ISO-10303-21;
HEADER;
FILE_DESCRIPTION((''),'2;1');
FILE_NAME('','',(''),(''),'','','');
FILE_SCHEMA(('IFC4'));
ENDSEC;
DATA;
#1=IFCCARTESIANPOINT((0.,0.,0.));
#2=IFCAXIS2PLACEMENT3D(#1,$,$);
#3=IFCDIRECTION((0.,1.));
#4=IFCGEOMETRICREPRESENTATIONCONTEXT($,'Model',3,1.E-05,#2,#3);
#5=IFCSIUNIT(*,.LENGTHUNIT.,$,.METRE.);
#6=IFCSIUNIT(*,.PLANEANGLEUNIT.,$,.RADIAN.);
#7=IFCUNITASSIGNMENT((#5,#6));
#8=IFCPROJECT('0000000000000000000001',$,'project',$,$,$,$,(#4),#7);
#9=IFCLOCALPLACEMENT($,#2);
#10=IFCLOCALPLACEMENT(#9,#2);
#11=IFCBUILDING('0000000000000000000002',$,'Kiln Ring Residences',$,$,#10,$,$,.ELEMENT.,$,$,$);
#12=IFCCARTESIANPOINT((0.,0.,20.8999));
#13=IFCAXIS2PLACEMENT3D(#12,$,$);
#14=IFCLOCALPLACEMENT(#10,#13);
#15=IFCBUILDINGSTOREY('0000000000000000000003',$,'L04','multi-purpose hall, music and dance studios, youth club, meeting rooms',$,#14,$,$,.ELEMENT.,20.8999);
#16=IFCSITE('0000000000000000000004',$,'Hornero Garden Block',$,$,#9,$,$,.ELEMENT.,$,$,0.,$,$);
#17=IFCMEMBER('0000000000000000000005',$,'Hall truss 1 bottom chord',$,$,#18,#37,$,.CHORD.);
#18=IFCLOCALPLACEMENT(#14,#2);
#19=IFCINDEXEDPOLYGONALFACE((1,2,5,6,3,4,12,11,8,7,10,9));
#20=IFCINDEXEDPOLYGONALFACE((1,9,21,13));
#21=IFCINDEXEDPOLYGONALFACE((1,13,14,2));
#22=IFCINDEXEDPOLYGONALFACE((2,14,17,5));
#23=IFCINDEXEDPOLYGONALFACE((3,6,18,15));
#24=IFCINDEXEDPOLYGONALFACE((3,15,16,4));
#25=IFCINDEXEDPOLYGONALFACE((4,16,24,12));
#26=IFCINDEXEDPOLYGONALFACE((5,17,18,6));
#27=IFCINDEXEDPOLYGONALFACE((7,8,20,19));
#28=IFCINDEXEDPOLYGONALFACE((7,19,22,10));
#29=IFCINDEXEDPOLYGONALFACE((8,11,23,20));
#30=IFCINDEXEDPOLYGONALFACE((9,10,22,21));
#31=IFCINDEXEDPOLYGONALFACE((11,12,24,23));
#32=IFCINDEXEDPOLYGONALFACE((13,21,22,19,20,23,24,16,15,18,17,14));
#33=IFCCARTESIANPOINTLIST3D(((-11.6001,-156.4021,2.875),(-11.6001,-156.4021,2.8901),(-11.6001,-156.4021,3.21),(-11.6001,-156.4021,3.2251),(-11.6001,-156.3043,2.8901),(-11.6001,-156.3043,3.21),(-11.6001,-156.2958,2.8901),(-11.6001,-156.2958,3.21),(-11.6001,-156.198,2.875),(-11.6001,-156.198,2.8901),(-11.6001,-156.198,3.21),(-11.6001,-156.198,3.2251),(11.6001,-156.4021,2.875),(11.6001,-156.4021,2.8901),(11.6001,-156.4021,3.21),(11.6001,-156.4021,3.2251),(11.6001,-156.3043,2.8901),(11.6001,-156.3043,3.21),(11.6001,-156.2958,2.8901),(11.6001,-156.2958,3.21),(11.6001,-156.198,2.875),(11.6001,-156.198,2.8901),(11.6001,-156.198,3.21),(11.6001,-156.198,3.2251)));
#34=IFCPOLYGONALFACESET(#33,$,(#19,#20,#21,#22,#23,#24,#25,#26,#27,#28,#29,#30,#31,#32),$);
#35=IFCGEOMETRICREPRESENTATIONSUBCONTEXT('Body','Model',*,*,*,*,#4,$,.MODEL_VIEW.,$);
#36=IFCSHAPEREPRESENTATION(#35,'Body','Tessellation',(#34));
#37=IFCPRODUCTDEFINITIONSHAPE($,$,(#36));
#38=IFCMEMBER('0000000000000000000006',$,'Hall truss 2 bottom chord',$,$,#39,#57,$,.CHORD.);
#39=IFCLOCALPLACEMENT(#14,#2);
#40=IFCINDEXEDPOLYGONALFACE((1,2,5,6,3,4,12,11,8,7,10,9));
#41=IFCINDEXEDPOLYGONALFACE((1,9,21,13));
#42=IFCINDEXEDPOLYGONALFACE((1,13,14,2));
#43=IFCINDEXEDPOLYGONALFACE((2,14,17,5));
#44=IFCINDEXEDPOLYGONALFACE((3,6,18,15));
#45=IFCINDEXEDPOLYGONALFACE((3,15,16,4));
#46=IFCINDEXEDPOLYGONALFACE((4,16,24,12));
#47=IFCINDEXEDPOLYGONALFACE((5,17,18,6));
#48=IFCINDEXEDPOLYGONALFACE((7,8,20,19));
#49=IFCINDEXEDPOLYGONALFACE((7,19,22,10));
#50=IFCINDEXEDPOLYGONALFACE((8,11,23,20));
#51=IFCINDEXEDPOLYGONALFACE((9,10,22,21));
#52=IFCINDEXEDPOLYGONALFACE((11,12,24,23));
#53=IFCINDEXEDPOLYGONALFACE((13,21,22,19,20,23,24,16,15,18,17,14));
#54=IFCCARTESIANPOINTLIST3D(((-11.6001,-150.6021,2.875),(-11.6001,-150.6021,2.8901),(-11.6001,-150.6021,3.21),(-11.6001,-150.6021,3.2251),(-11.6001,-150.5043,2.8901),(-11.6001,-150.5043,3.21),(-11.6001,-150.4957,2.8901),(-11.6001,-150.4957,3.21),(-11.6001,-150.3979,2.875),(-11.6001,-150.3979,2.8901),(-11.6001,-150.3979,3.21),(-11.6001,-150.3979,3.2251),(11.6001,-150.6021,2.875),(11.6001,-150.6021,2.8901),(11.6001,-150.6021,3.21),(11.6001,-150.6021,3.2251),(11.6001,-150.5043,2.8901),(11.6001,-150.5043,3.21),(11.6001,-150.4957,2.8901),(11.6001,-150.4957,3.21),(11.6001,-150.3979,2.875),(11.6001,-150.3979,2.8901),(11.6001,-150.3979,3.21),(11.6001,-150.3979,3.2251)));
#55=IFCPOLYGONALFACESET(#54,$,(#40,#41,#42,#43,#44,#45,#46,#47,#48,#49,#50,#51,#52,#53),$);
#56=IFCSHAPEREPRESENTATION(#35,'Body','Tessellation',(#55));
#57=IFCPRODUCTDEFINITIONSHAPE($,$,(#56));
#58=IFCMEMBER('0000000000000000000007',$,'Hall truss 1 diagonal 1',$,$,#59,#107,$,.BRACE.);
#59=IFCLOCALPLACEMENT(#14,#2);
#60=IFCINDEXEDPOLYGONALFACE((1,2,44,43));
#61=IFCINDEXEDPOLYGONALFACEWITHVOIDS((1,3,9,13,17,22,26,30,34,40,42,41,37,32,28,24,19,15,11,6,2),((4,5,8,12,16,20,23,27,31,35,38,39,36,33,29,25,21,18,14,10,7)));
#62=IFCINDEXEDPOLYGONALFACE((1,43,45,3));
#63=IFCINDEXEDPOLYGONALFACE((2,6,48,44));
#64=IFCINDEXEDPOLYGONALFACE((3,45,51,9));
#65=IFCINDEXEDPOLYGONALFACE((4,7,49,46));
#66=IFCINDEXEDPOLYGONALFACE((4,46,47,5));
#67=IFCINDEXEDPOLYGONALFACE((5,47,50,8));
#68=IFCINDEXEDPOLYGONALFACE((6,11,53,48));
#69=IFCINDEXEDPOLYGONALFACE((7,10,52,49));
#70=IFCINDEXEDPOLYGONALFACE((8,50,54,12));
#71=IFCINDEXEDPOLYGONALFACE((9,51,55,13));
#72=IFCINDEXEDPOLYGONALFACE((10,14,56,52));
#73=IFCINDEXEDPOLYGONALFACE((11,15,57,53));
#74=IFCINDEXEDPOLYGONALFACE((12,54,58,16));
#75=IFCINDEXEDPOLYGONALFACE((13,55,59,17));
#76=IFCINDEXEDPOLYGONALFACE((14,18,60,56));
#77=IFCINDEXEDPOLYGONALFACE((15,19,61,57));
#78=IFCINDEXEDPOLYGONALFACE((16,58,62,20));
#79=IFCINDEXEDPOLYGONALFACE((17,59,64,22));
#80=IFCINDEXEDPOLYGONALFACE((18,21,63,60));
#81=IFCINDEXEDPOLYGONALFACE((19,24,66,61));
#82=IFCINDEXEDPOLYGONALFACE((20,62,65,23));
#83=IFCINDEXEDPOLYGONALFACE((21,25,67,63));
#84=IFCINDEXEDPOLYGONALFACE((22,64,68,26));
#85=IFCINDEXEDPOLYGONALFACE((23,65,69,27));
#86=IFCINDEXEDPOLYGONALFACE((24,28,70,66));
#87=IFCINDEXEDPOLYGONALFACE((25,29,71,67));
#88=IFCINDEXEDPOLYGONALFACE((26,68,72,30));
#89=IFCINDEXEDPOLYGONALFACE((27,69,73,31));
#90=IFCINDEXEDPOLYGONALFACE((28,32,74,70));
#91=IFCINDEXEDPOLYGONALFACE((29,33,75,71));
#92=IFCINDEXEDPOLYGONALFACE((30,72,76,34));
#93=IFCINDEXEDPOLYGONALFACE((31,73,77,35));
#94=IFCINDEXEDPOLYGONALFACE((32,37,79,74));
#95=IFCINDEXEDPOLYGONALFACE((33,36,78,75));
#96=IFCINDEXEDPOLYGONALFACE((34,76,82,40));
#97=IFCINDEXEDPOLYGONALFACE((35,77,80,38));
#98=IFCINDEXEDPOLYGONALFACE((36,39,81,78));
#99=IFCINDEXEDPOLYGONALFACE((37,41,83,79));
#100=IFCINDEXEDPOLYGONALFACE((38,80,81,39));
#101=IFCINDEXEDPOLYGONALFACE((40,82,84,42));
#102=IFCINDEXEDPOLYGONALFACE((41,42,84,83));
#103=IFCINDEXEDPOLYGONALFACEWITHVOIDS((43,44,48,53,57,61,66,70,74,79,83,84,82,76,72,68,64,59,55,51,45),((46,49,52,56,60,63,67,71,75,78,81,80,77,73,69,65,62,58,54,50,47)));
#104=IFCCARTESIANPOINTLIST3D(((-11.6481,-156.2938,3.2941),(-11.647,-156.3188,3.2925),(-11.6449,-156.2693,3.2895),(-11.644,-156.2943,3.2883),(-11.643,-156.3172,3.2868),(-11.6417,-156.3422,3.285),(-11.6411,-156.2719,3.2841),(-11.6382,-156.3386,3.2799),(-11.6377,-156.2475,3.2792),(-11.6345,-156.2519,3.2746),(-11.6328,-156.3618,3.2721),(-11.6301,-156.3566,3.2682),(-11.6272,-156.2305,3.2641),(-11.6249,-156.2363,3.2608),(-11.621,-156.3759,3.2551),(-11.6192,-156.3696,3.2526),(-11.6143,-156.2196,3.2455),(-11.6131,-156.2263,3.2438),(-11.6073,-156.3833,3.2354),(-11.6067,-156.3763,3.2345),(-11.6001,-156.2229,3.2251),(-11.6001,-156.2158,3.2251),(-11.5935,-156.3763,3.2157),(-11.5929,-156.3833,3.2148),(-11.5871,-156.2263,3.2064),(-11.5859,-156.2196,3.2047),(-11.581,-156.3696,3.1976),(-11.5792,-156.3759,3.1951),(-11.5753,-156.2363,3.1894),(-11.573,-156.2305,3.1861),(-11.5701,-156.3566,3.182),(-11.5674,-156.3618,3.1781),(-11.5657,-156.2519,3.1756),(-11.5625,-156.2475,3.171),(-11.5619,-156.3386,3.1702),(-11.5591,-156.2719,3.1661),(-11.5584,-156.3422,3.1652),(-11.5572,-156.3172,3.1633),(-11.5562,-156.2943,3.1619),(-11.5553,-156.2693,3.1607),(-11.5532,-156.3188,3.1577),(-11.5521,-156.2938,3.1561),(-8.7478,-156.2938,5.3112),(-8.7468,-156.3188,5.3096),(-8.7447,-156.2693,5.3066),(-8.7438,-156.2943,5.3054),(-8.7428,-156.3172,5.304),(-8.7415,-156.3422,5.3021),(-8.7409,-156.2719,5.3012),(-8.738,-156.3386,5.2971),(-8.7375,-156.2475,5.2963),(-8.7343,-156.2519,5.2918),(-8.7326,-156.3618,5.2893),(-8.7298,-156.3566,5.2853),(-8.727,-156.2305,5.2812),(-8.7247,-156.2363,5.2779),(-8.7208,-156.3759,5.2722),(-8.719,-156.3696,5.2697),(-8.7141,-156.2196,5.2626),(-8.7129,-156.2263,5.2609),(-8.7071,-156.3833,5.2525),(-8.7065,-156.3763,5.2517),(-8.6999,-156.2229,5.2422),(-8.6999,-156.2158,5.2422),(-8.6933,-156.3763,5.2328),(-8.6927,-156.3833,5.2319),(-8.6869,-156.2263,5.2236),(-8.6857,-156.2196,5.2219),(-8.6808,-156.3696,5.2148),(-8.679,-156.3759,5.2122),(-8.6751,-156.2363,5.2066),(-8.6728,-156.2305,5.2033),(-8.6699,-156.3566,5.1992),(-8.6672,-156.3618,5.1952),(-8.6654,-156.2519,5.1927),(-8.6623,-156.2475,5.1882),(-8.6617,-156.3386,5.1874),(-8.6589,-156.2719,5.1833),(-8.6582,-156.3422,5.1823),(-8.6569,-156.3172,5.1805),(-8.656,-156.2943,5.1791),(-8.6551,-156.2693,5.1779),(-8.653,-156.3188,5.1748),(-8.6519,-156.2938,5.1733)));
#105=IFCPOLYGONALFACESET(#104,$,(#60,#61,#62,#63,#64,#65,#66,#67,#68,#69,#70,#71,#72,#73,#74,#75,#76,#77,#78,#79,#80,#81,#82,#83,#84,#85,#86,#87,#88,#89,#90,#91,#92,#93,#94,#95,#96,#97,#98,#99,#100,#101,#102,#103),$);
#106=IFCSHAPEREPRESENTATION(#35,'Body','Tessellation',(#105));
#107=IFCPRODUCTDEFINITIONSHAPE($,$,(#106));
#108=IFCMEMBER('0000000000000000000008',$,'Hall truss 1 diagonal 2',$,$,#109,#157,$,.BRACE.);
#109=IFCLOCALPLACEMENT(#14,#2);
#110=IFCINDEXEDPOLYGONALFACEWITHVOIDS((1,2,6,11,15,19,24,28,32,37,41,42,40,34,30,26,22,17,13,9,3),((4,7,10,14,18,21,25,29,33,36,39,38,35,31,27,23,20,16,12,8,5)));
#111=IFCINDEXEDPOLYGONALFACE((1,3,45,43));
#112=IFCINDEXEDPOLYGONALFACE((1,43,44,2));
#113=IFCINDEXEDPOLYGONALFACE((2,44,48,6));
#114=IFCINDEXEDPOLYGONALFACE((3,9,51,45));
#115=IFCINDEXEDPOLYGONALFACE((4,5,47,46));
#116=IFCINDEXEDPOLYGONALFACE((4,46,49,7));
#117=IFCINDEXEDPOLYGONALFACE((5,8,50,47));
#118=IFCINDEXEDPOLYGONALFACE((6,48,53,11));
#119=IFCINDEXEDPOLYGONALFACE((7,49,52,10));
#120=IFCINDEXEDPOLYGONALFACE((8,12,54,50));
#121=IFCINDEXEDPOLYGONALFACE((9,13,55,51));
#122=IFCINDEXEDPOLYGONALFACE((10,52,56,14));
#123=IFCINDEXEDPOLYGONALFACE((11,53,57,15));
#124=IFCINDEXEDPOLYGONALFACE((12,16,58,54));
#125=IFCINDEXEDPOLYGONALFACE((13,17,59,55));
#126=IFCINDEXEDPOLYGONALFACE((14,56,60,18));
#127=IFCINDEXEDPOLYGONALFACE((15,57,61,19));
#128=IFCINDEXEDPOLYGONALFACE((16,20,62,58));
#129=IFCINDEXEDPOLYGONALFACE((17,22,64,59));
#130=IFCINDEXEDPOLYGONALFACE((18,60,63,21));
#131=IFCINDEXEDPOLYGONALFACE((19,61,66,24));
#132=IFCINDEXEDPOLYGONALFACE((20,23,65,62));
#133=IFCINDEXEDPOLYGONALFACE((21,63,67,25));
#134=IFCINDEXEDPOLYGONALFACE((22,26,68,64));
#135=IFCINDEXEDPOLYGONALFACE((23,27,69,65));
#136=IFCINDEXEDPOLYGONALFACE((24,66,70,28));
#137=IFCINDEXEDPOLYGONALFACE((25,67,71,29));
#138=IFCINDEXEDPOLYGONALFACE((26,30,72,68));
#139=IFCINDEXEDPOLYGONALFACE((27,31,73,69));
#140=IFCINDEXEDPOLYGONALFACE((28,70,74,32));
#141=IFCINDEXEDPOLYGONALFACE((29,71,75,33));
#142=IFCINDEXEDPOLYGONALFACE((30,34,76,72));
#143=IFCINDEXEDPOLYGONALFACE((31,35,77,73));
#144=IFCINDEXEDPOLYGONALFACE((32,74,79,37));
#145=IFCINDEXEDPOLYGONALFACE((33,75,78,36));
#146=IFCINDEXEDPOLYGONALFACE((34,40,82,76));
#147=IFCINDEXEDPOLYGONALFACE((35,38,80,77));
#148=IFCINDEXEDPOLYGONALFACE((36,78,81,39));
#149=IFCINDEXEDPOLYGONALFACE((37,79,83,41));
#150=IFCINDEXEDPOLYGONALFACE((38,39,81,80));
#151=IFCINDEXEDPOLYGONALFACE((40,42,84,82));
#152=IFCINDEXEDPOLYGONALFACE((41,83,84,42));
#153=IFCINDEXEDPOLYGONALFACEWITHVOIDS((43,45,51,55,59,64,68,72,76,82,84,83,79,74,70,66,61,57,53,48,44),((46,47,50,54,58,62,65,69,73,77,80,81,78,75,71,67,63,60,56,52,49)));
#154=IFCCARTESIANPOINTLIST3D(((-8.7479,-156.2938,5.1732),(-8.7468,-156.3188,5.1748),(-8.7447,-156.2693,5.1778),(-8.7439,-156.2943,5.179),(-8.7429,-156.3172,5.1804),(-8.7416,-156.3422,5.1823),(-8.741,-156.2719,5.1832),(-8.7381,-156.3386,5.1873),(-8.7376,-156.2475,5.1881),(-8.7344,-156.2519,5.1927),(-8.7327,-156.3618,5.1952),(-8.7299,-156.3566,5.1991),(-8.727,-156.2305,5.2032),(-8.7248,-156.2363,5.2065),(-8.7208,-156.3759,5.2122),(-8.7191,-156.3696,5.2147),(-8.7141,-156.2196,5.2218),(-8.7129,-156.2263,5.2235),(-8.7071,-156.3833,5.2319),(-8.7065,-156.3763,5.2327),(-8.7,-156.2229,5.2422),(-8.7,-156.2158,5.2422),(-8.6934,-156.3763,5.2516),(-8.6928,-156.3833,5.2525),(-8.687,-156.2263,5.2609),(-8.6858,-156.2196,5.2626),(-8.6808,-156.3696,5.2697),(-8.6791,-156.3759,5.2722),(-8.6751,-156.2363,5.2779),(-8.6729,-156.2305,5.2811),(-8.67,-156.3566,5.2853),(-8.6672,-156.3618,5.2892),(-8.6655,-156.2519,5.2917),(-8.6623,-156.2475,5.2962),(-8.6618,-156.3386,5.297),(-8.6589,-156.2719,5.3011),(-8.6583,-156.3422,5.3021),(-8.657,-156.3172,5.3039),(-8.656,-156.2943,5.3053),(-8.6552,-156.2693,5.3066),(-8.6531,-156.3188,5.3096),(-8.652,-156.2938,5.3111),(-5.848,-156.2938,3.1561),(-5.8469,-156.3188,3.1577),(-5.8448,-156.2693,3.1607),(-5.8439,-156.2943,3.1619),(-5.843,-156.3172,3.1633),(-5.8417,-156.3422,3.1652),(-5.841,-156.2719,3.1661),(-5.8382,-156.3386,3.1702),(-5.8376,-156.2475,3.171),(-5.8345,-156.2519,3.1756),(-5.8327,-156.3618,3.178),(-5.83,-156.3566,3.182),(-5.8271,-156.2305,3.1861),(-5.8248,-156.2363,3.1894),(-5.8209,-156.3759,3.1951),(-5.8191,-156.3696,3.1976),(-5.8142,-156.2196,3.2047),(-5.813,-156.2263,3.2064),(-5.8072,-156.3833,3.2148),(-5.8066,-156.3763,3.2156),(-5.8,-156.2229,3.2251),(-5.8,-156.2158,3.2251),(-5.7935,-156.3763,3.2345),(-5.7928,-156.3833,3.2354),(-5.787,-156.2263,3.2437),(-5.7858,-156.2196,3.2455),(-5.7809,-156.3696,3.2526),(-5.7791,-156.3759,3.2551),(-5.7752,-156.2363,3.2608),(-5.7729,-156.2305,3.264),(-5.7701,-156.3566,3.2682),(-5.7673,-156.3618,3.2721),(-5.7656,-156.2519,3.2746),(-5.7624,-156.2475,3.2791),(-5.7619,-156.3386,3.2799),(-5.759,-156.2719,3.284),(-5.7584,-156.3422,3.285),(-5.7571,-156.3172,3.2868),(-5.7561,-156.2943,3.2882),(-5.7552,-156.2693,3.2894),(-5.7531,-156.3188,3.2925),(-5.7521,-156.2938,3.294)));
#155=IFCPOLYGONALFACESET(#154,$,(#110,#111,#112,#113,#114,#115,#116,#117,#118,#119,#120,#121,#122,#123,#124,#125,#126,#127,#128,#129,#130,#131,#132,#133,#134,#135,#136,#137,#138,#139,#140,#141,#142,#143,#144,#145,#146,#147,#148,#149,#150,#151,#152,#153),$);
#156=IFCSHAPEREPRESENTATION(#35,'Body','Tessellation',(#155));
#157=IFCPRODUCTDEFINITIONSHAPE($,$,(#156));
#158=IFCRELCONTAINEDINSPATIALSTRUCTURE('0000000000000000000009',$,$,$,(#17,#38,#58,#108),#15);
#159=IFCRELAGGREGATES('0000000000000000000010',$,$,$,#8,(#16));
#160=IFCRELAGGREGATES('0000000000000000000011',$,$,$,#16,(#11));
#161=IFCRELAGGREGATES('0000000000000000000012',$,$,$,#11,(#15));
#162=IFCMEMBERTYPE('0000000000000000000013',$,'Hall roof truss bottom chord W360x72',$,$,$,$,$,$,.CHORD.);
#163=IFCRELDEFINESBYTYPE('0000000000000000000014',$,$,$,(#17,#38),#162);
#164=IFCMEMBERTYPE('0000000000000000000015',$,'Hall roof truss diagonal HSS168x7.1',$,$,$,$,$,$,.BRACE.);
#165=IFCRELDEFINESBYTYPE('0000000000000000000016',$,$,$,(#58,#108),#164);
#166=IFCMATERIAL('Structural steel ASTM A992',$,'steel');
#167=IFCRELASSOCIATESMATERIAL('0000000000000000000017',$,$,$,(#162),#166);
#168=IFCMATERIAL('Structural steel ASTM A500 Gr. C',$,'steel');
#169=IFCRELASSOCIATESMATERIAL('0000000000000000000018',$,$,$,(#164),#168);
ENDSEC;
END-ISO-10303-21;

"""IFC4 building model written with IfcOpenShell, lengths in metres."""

from ifc_helpers import new_model, si_unit, direction, frame, origin, origin_2d, place, context, subcontext, project, spatial, hollow_circle, i_section, extrude, material, material_profile, profile_set, type_object, element, save


model = new_model("IFC4")

# Units and contexts
model_context = context("Model", 3, precision=1e-05, world=origin(), true_north=direction((0.0, 1.0)))
body_context = subcontext(model_context, "Body", "Model", "MODEL_VIEW")
ifc_project = project(units=[si_unit("LENGTHUNIT", "METRE"), si_unit("PLANEANGLEUNIT", "RADIAN")], contexts=[model_context])

# Site, building, storey
site_placement = place(None, origin())
site = spatial("IfcSite", under=ifc_project, at=site_placement, Name="Hornero Garden Block", CompositionType="ELEMENT", RefElevation=0.0)
building_placement = place(site_placement, origin())
building = spatial("IfcBuilding", under=site, at=building_placement, Name="Kiln Ring Residences", CompositionType="ELEMENT")
storey_placement = place(building_placement, frame((0.0, 0.0, 20.8999)))
storey = spatial("IfcBuildingStorey", under=building, at=storey_placement, Name="L04", Description="multi-purpose hall, music and dance studios, youth club, meeting rooms", CompositionType="ELEMENT", Elevation=20.8999)

# Members
ifc_material_1 = material(Name="Structural steel ASTM A992", Category="steel")
ifc_material_profile_1 = material_profile(ifc_material_1, i_section(OverallWidth=0.2041, OverallDepth=0.3501, WebThickness=0.0085, FlangeThickness=0.0151, at=origin_2d()), Name="W360x72")
ifc_profile_set_1 = profile_set([ifc_material_profile_1], Name="Structural steel ASTM A992")
member_type_1 = type_object("IfcMemberType", Name="Hall roof truss bottom chord W360x72", PredefinedType="CHORD", material=ifc_profile_set_1)
for number, where, z_axis, x_axis, name in (
    (1, (-11.6001, -156.3, 3.05), (1.0, 0.0, 0.0), (0.0, 1.0, 0.0), "Hall truss 1 bottom chord"),
    (2, (-11.6001, -150.5, 3.05), (1.0, 0.0, 0.0), (0.0, 1.0, 0.0), "Hall truss 2 bottom chord"),
):
    element("IfcMember", number, at=place(storey_placement, frame(where, z_axis=z_axis, x_axis=x_axis)), inside=storey, type_object=member_type_1, Name=name, PredefinedType="CHORD", context=body_context, shape_type="SweptSolid", body=[
        extrude(i_section(OverallWidth=0.2041, OverallDepth=0.3501, WebThickness=0.0085, FlangeThickness=0.0151, at=origin_2d()), origin(), (0.0, 0.0, 1.0), 23.2002),
    ])
ifc_material_2 = material(Name="Structural steel ASTM A500 Gr. C", Category="steel")
ifc_material_profile_2 = material_profile(ifc_material_2, hollow_circle(Radius=0.0842, WallThickness=0.0071, at=origin_2d()), Name="HSS168x7.1")
ifc_profile_set_2 = profile_set([ifc_material_profile_2], Name="Structural steel ASTM A500 Gr. C")
member_type_2 = type_object("IfcMemberType", Name="Hall roof truss diagonal HSS168x7.1", PredefinedType="BRACE", material=ifc_profile_set_2)
member_1_placement = place(storey_placement, frame((-11.6001, -156.3, 3.2251), z_axis=(0.820959, 0.0, 0.570988), x_axis=(0.0, 1.0, 0.0)))
element("IfcMember", 3, at=member_1_placement, inside=storey, type_object=member_type_2, Name="Hall truss 1 diagonal 1", PredefinedType="BRACE", context=body_context, shape_type="SweptSolid", body=[
    extrude(hollow_circle(Radius=0.0842, WallThickness=0.0071, at=origin_2d()), origin(), (0.0, 0.0, 1.0), 3.5327),
])
member_2_placement = place(storey_placement, frame((-8.7, -156.3, 5.2422), z_axis=(0.820936, 0.0, -0.57102), x_axis=(0.0, 1.0, 0.0)))
element("IfcMember", 4, at=member_2_placement, inside=storey, type_object=member_type_2, Name="Hall truss 1 diagonal 2", PredefinedType="BRACE", context=body_context, shape_type="SweptSolid", body=[
    extrude(hollow_circle(Radius=0.0842, WallThickness=0.0071, at=origin_2d()), origin(), (0.0, 0.0, 1.0), 3.5325),
])

save(model, "model.ifc")
